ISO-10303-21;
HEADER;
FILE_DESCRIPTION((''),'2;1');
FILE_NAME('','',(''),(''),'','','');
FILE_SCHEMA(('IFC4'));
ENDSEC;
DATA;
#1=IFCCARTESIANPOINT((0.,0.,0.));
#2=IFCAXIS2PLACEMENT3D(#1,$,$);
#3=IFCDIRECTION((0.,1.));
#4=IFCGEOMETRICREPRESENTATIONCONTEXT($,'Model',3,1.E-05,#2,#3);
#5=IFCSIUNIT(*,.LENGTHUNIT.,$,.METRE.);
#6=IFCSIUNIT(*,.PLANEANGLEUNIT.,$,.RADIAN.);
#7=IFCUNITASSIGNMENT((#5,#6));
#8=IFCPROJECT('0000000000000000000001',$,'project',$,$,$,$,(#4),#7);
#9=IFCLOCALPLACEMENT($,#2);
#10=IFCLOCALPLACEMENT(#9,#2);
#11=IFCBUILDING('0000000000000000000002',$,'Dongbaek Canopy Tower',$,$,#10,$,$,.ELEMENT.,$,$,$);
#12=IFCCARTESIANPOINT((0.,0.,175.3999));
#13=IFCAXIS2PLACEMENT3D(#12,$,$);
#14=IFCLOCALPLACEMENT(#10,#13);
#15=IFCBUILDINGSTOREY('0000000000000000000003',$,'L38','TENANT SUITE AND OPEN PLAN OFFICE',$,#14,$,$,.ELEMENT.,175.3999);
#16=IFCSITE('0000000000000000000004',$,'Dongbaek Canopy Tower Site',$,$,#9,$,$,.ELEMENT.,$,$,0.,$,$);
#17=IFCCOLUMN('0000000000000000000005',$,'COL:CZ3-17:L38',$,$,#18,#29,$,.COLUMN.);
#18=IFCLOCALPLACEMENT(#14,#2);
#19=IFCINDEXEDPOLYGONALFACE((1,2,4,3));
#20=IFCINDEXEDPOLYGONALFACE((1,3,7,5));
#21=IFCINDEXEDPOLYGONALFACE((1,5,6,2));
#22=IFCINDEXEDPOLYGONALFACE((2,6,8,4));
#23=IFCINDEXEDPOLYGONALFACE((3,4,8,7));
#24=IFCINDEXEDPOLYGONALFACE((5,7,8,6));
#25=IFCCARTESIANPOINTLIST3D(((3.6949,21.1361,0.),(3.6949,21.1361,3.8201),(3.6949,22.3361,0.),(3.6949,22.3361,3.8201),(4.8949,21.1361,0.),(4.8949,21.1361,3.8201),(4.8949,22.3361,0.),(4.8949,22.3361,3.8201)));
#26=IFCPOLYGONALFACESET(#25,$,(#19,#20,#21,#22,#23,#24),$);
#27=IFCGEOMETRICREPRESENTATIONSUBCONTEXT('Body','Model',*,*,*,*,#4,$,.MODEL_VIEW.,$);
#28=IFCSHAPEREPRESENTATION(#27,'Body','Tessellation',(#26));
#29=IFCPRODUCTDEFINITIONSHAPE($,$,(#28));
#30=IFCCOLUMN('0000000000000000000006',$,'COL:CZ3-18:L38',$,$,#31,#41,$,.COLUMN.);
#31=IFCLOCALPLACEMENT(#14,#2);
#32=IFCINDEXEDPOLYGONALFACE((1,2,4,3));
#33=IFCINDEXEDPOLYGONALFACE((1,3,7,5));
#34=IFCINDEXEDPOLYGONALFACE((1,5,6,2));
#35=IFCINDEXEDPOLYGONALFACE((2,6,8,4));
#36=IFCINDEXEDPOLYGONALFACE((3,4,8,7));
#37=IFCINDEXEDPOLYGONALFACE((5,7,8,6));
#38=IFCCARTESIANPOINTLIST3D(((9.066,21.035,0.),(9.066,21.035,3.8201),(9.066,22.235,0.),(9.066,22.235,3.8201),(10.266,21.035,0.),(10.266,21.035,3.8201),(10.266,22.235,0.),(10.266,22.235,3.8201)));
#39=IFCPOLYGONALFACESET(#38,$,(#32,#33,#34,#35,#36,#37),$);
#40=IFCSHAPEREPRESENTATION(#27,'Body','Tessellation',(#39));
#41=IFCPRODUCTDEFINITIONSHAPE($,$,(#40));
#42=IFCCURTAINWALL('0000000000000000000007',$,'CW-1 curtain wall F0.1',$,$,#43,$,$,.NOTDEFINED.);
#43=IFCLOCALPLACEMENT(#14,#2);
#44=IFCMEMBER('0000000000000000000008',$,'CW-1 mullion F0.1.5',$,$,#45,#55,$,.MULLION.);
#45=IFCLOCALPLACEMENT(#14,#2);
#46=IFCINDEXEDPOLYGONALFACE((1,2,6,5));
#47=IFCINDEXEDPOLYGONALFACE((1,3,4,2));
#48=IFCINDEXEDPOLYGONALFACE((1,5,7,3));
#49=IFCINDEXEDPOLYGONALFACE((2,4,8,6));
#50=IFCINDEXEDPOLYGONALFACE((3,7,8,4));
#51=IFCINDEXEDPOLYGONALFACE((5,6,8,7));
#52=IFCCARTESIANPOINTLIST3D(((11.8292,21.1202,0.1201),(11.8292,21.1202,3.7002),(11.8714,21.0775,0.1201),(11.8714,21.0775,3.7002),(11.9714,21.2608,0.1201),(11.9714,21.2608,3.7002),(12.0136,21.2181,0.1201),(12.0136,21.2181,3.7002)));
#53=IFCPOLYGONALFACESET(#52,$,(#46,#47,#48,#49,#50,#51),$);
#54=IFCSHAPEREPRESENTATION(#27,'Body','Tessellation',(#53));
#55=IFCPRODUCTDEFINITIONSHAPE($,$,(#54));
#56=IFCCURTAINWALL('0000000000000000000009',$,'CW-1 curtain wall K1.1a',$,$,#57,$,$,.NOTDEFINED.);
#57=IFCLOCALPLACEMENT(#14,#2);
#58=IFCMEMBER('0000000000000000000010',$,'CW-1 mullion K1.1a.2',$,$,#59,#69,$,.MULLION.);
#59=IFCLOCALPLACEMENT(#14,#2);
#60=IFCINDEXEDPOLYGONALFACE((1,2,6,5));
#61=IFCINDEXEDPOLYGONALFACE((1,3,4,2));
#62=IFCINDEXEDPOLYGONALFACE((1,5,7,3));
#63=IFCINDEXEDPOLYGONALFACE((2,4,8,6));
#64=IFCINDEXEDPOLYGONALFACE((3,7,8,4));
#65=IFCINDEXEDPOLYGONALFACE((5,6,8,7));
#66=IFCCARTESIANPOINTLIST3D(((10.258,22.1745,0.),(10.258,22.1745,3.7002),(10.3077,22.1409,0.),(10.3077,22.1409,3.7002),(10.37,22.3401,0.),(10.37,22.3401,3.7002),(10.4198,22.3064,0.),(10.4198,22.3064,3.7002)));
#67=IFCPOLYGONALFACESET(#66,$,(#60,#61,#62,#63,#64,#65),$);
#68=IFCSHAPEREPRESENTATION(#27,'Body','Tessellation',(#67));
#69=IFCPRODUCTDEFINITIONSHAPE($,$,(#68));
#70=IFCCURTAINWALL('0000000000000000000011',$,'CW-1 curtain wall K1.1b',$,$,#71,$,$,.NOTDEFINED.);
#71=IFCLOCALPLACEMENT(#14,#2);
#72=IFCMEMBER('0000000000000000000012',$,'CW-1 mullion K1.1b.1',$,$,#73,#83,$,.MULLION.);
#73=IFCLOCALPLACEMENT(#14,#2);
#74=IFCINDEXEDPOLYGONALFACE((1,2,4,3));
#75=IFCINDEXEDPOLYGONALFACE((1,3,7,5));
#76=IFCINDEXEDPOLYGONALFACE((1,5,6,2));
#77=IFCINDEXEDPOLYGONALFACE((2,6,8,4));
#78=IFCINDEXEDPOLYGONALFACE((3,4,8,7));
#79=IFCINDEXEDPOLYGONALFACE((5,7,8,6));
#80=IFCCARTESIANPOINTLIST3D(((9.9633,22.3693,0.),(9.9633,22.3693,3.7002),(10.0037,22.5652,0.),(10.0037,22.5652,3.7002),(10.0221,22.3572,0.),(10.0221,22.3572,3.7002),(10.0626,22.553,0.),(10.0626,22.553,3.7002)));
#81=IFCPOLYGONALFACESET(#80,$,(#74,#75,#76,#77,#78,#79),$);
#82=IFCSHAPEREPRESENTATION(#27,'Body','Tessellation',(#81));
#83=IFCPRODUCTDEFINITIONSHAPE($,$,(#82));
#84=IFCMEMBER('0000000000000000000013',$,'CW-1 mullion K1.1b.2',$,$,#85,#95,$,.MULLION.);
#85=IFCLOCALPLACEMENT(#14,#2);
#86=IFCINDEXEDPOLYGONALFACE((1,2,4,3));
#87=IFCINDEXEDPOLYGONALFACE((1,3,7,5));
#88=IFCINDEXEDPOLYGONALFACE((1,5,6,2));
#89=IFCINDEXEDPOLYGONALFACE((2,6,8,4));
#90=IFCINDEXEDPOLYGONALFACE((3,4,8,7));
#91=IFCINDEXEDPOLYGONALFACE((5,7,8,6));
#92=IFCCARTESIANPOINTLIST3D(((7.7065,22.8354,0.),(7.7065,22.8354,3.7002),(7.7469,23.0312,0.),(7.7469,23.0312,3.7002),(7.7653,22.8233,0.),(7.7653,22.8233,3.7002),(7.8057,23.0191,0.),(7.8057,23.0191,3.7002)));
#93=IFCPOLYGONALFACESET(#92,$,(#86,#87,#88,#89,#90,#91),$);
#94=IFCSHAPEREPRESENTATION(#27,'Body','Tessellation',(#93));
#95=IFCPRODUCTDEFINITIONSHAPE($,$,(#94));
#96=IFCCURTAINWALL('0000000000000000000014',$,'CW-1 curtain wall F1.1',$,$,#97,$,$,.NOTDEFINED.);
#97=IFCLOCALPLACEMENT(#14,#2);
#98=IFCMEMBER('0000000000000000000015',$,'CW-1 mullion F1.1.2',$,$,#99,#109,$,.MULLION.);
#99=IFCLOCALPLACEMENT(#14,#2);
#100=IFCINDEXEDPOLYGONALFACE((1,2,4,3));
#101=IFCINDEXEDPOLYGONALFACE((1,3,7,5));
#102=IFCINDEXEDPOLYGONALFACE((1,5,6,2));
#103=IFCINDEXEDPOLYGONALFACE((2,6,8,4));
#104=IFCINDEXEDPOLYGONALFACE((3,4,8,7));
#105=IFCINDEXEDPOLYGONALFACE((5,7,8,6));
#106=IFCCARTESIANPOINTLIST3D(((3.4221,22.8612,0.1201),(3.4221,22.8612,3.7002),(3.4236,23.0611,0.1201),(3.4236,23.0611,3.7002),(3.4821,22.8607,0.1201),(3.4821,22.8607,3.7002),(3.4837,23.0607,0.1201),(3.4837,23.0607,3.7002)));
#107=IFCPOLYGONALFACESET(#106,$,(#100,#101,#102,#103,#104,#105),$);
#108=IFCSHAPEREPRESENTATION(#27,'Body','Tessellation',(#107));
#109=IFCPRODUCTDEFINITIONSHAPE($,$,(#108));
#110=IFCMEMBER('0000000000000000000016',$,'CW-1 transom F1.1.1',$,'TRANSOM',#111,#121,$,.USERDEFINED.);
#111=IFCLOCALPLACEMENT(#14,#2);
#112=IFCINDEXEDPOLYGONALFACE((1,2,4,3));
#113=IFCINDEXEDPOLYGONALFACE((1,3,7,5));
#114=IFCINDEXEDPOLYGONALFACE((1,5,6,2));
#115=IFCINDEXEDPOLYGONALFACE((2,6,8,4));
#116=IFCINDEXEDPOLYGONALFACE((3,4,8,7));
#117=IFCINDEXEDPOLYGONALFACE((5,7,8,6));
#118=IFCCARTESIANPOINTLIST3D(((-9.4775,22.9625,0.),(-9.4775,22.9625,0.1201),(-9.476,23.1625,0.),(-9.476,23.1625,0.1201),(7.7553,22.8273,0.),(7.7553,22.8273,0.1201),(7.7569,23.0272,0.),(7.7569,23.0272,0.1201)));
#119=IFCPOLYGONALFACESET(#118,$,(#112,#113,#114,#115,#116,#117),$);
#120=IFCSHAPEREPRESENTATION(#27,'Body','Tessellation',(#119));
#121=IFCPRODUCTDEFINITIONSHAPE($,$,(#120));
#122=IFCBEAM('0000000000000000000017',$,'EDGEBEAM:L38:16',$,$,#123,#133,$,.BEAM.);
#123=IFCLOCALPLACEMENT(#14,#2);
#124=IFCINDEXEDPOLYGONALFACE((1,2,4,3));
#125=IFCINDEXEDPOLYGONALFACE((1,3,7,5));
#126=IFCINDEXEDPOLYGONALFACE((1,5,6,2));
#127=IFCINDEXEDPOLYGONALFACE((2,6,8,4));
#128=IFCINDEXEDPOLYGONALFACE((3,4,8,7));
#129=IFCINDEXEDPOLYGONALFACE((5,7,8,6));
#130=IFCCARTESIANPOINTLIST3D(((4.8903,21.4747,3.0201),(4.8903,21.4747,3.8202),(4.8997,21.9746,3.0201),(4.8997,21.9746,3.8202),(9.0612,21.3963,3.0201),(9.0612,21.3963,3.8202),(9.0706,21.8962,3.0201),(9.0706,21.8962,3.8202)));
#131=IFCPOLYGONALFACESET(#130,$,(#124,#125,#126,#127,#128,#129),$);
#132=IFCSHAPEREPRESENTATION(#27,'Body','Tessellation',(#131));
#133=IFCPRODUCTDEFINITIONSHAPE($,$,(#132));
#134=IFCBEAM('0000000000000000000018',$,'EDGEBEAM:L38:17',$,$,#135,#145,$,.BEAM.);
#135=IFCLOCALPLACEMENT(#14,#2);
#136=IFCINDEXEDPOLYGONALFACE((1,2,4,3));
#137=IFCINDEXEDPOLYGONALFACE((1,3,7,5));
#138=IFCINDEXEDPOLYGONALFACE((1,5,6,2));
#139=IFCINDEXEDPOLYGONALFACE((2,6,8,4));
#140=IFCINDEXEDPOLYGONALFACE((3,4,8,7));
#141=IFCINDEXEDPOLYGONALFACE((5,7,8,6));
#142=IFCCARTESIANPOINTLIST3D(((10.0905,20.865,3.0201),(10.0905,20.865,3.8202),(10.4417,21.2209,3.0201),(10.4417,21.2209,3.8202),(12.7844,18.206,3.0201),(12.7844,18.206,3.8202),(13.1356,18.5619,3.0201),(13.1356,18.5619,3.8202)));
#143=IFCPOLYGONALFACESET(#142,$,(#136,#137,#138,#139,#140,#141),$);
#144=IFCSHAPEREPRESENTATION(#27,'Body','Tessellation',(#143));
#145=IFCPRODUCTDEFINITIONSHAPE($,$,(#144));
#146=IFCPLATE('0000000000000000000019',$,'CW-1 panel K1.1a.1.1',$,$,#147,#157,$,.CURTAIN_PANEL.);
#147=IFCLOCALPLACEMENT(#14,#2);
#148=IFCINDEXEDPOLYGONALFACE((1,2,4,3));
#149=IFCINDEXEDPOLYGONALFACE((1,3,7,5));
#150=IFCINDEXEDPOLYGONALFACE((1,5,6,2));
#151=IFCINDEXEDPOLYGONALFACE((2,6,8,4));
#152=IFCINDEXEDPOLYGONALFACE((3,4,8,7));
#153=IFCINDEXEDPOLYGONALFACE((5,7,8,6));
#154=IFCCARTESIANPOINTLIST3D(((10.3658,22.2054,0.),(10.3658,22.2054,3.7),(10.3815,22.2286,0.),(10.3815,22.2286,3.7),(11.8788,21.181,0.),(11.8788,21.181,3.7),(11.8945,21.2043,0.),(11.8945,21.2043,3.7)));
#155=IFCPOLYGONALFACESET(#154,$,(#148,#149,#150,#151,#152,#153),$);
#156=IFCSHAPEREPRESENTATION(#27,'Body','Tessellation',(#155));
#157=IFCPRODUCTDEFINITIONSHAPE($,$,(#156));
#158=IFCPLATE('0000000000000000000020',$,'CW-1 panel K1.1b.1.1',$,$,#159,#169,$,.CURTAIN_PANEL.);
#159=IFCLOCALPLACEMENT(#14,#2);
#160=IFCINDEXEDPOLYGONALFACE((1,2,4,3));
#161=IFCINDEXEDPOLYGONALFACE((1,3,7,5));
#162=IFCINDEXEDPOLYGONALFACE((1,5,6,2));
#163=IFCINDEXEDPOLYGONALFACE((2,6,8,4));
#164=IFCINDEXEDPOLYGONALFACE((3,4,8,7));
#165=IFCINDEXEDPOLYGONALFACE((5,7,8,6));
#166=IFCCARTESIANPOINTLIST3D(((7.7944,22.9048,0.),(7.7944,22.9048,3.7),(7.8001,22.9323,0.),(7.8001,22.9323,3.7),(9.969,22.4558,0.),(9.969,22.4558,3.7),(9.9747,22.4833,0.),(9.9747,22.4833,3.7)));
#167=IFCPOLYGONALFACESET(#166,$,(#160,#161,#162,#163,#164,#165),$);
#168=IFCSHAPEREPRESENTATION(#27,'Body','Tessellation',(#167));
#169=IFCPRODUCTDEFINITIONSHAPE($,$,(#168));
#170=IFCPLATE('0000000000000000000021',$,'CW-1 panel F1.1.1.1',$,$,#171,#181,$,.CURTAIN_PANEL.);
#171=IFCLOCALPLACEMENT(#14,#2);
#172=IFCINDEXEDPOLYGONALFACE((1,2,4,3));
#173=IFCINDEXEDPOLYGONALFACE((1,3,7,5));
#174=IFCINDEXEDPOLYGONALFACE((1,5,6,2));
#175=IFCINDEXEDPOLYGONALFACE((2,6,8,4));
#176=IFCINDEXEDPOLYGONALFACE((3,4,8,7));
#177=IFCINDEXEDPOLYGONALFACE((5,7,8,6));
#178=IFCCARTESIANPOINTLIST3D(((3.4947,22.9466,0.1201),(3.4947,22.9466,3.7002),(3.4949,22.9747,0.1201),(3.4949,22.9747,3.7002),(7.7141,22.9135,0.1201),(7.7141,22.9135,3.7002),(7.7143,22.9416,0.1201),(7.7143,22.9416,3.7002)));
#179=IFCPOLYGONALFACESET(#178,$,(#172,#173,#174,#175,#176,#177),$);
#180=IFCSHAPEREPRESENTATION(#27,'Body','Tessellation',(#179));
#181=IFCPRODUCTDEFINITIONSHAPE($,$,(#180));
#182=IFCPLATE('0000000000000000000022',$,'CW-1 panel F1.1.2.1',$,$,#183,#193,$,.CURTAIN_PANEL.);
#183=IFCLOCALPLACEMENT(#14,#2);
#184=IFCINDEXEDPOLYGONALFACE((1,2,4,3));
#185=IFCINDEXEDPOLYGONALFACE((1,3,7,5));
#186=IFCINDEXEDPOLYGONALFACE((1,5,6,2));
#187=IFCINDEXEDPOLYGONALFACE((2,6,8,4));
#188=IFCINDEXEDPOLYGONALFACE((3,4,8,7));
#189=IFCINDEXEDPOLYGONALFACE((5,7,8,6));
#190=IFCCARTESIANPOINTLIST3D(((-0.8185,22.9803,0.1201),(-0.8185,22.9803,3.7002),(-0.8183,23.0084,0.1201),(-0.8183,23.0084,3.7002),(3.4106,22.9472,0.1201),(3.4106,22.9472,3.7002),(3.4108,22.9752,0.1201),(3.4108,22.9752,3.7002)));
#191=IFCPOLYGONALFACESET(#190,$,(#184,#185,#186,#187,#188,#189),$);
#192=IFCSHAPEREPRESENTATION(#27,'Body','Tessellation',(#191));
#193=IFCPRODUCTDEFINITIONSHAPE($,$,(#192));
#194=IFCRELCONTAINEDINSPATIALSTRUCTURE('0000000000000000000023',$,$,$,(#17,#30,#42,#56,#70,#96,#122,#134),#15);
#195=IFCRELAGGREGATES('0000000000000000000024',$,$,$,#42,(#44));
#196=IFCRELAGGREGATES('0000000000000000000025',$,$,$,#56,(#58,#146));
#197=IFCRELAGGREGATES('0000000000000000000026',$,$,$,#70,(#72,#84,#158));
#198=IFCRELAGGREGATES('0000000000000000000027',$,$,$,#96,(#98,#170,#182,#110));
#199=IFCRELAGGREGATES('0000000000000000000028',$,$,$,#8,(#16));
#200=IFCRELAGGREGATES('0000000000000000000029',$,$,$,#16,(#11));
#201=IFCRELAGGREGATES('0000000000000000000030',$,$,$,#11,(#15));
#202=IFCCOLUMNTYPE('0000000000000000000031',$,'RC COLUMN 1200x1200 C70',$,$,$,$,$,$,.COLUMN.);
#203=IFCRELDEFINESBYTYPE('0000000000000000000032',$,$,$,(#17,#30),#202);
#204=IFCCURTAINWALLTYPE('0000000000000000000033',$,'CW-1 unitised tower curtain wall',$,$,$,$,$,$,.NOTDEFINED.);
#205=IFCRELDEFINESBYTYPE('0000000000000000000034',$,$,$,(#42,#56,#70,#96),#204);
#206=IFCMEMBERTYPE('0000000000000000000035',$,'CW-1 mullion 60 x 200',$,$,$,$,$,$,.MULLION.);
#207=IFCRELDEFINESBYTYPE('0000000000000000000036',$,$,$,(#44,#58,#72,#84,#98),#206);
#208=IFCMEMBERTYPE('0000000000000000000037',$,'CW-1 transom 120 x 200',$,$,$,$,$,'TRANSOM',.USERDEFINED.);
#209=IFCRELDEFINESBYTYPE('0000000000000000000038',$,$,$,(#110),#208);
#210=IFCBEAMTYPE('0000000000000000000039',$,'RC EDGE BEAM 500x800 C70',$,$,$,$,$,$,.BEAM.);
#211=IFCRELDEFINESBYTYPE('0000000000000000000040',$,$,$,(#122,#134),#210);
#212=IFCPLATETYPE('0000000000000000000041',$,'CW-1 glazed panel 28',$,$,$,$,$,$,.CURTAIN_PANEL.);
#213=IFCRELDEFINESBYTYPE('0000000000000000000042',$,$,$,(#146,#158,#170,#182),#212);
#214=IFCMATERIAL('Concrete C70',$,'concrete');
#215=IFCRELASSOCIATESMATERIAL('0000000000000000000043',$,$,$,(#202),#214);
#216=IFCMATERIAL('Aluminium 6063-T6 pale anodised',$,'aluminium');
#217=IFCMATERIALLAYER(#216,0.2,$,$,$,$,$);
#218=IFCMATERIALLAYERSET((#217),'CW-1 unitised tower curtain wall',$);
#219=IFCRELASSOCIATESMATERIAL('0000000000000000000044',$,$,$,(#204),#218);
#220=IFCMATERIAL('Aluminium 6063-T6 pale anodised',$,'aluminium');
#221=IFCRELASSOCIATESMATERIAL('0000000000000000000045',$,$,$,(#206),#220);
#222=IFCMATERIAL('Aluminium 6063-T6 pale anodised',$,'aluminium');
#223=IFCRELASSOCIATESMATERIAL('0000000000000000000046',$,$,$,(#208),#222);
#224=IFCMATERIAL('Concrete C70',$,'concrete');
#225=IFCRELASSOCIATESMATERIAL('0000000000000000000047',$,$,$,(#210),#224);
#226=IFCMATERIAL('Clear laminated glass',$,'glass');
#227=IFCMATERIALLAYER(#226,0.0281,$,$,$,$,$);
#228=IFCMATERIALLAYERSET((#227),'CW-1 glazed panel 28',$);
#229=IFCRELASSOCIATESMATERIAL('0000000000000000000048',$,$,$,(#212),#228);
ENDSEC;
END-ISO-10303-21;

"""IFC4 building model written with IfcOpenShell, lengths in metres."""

from ifc_helpers import new_model, si_unit, direction, frame, origin, origin_2d, place, context, subcontext, project, spatial, rectangle, extrude, material, layer, layer_set, material_profile, profile_set, type_object, element, aggregate, save


model = new_model("IFC4")

# Units and contexts
model_context = context("Model", 3, precision=1e-05, world=origin(), true_north=direction((0.0, 1.0)))
body_context = subcontext(model_context, "Body", "Model", "MODEL_VIEW")
ifc_project = project(units=[si_unit("LENGTHUNIT", "METRE"), si_unit("PLANEANGLEUNIT", "RADIAN")], contexts=[model_context])

# Site, building, storey
site_placement = place(None, origin())
site = spatial("IfcSite", under=ifc_project, at=site_placement, Name="Dongbaek Canopy Tower Site", CompositionType="ELEMENT", RefElevation=0.0)
building_placement = place(site_placement, origin())
building = spatial("IfcBuilding", under=site, at=building_placement, Name="Dongbaek Canopy Tower", CompositionType="ELEMENT")
storey_placement = place(building_placement, frame((0.0, 0.0, 175.3999)))
storey = spatial("IfcBuildingStorey", under=building, at=storey_placement, Name="L38", Description="TENANT SUITE AND OPEN PLAN OFFICE", CompositionType="ELEMENT", Elevation=175.3999)

# Columns
ifc_material_1 = material(Name="Concrete C70", Category="concrete")
ifc_material_profile_1 = material_profile(ifc_material_1, rectangle(XDim=1.2, YDim=1.2, at=origin_2d()), Name="RC COLUMN 1200x1200 C70")
ifc_profile_set_1 = profile_set([ifc_material_profile_1], Name="Concrete C70")
column_type = type_object("IfcColumnType", Name="RC COLUMN 1200x1200 C70", PredefinedType="COLUMN", material=ifc_profile_set_1)
for number, where, z_axis, x_axis, name in (
    (1, (4.2949, 21.7361, 0.0), (0.0, 0.0, 1.0), (1.0, 0.0, 0.0), "COL:CZ3-17:L38"),
    (2, (9.666, 21.635, 0.0), (0.0, 0.0, 1.0), (1.0, 0.0, 0.0), "COL:CZ3-18:L38"),
):
    element("IfcColumn", number, at=place(storey_placement, frame(where, z_axis=z_axis, x_axis=x_axis)), inside=storey, type_object=column_type, Name=name, PredefinedType="COLUMN", context=body_context, shape_type="SweptSolid", body=[
        extrude(rectangle(XDim=1.2, YDim=1.2, at=origin_2d()), origin(), (0.0, 0.0, 1.0), 3.8201),
    ])

# Curtain walls, members
ifc_material_2 = material(Name="Aluminium 6063-T6 pale anodised", Category="aluminium")
ifc_layer_1 = layer(ifc_material_2, 0.2)
ifc_layer_set_1 = layer_set([ifc_layer_1], Name="CW-1 unitised tower curtain wall")
curtain_wall_type = type_object("IfcCurtainWallType", Name="CW-1 unitised tower curtain wall", PredefinedType="NOTDEFINED", material=ifc_layer_set_1)
curtain_wall_1_placement = place(storey_placement, origin())
curtain_wall_1 = element("IfcCurtainWall", 3, at=curtain_wall_1_placement, inside=storey, type_object=curtain_wall_type, Name="CW-1 curtain wall F0.1", PredefinedType="NOTDEFINED")
ifc_material_3 = material(Name="Aluminium 6063-T6 pale anodised", Category="aluminium")
ifc_material_profile_2 = material_profile(ifc_material_3, rectangle(XDim=0.2, YDim=0.0601, at=origin_2d()), Name="CW-1 mullion 60 x 200")
ifc_profile_set_2 = profile_set([ifc_material_profile_2], Name="Aluminium 6063-T6 pale anodised")
member_type_1 = type_object("IfcMemberType", Name="CW-1 mullion 60 x 200", PredefinedType="MULLION", material=ifc_profile_set_2)
member_1_placement = place(storey_placement, frame((11.9214, 21.1692, 0.1201), z_axis=(0.0, 0.0, 1.0), x_axis=(0.710991, 0.703201, 0.0)))
member_1 = element("IfcMember", 4, at=member_1_placement, type_object=member_type_1, Name="CW-1 mullion F0.1.5", PredefinedType="MULLION", context=body_context, shape_type="SweptSolid", body=[
    extrude(rectangle(XDim=0.2, YDim=0.0601, at=origin_2d()), origin(), (0.0, 0.0, 1.0), 3.5801),
])
aggregate(curtain_wall_1, [member_1])
curtain_wall_2_placement = place(storey_placement, origin())
curtain_wall_2 = element("IfcCurtainWall", 5, at=curtain_wall_2_placement, inside=storey, type_object=curtain_wall_type, Name="CW-1 curtain wall K1.1a", PredefinedType="NOTDEFINED")
member_2_placement = place(storey_placement, frame((10.3389, 22.2405, 0.0), z_axis=(0.0, 0.0, 1.0), x_axis=(0.560626, 0.828069, 0.0)))
member_2 = element("IfcMember", 6, at=member_2_placement, type_object=member_type_1, Name="CW-1 mullion K1.1a.2", PredefinedType="MULLION", context=body_context, shape_type="SweptSolid", body=[
    extrude(rectangle(XDim=0.2, YDim=0.0601, at=origin_2d()), origin(), (0.0, 0.0, 1.0), 3.7002),
])

# Curtain walls, members
curtain_wall_3_placement = place(storey_placement, origin())
curtain_wall_3 = element("IfcCurtainWall", 7, at=curtain_wall_3_placement, inside=storey, type_object=curtain_wall_type, Name="CW-1 curtain wall K1.1b", PredefinedType="NOTDEFINED")
member_3_placement = place(storey_placement, frame((10.0129, 22.4612, 0.0), z_axis=(0.0, 0.0, 1.0), x_axis=(0.202208, 0.979343, 0.0)))
member_3 = element("IfcMember", 8, at=member_3_placement, type_object=member_type_1, Name="CW-1 mullion K1.1b.1", PredefinedType="MULLION", context=body_context, shape_type="SweptSolid", body=[
    extrude(rectangle(XDim=0.2, YDim=0.0601, at=origin_2d()), origin(), (0.0, 0.0, 1.0), 3.7002),
])
member_4_placement = place(storey_placement, frame((7.7561, 22.9272, 0.0), z_axis=(0.0, 0.0, 1.0), x_axis=(0.202208, 0.979343, 0.0)))
member_4 = element("IfcMember", 9, at=member_4_placement, type_object=member_type_1, Name="CW-1 mullion K1.1b.2", PredefinedType="MULLION", context=body_context, shape_type="SweptSolid", body=[
    extrude(rectangle(XDim=0.2, YDim=0.0601, at=origin_2d()), origin(), (0.0, 0.0, 1.0), 3.7002),
])
curtain_wall_4_placement = place(storey_placement, origin())
curtain_wall_4 = element("IfcCurtainWall", 10, at=curtain_wall_4_placement, inside=storey, type_object=curtain_wall_type, Name="CW-1 curtain wall F1.1", PredefinedType="NOTDEFINED")
member_5_placement = place(storey_placement, frame((3.4529, 22.9609, 0.1201), z_axis=(0.0, 0.0, 1.0), x_axis=(0.007847, 0.999969, 0.0)))
member_5 = element("IfcMember", 11, at=member_5_placement, type_object=member_type_1, Name="CW-1 mullion F1.1.2", PredefinedType="MULLION", context=body_context, shape_type="SweptSolid", body=[
    extrude(rectangle(XDim=0.2, YDim=0.0601, at=origin_2d()), origin(), (0.0, 0.0, 1.0), 3.5801),
])
ifc_material_4 = material(Name="Aluminium 6063-T6 pale anodised", Category="aluminium")
ifc_material_profile_3 = material_profile(ifc_material_4, rectangle(XDim=0.2, YDim=0.1201, at=origin_2d()), Name="CW-1 transom 120 x 200")
ifc_profile_set_3 = profile_set([ifc_material_profile_3], Name="Aluminium 6063-T6 pale anodised")
member_type_2 = type_object("IfcMemberType", Name="CW-1 transom 120 x 200", ElementType="TRANSOM", PredefinedType="USERDEFINED", material=ifc_profile_set_3)
member_6_placement = place(storey_placement, frame((7.7561, 22.9272, 0.0601), z_axis=(-0.999969, 0.007848, 0.0), x_axis=(-0.007848, -0.999969, 0.0)))
member_6 = element("IfcMember", 12, at=member_6_placement, type_object=member_type_2, Name="CW-1 transom F1.1.1", ObjectType="TRANSOM", PredefinedType="USERDEFINED", context=body_context, shape_type="SweptSolid", body=[
    extrude(rectangle(XDim=0.2, YDim=0.1201, at=origin_2d()), origin(), (0.0, 0.0, 1.0), 17.2334),
])

# Beams
ifc_material_5 = material(Name="Concrete C70", Category="concrete")
ifc_material_profile_4 = material_profile(ifc_material_5, rectangle(XDim=0.5, YDim=0.8, at=origin_2d()), Name="RC EDGE BEAM 500x800 C70")
ifc_profile_set_4 = profile_set([ifc_material_profile_4], Name="Concrete C70")
beam_type = type_object("IfcBeamType", Name="RC EDGE BEAM 500x800 C70", PredefinedType="BEAM", material=ifc_profile_set_4)
beam_1_placement = place(storey_placement, frame((4.895, 21.7246, 3.4202), z_axis=(0.999824, -0.018786, 0.0), x_axis=(0.018786, 0.999824, 0.0)))
element("IfcBeam", 13, at=beam_1_placement, inside=storey, type_object=beam_type, Name="EDGEBEAM:L38:16", PredefinedType="BEAM", context=body_context, shape_type="SweptSolid", body=[
    extrude(rectangle(XDim=0.5, YDim=0.8, at=origin_2d()), origin(), (0.0, 0.0, 1.0), 4.1716),
])
beam_2_placement = place(storey_placement, frame((10.2661, 21.043, 3.4202), z_axis=(0.711704, -0.70248, 0.0), x_axis=(0.70248, 0.711704, 0.0)))
element("IfcBeam", 14, at=beam_2_placement, inside=storey, type_object=beam_type, Name="EDGEBEAM:L38:17", PredefinedType="BEAM", context=body_context, shape_type="SweptSolid", body=[
    extrude(rectangle(XDim=0.5, YDim=0.8, at=origin_2d()), origin(), (0.0, 0.0, 1.0), 3.7852),
])

# Plates
ifc_material_6 = material(Name="Clear laminated glass", Category="glass")
ifc_layer_2 = layer(ifc_material_6, 0.0281)
ifc_layer_set_2 = layer_set([ifc_layer_2], Name="CW-1 glazed panel 28")
plate_type = type_object("IfcPlateType", Name="CW-1 glazed panel 28", PredefinedType="CURTAIN_PANEL", material=ifc_layer_set_2)
plate_1_placement = place(storey_placement, frame((11.1301, 21.7048, 0.0), z_axis=(0.0, 0.0, 1.0), x_axis=(-0.828069, 0.560626, 0.0)))
plate_1 = element("IfcPlate", 15, at=plate_1_placement, type_object=plate_type, Name="CW-1 panel K1.1a.1.1", PredefinedType="CURTAIN_PANEL", context=body_context, shape_type="SweptSolid", body=[
    extrude(rectangle(XDim=1.8271, YDim=0.0281, at=origin_2d()), origin(), (0.0, 0.0, 1.0), 3.7),
])
aggregate(curtain_wall_2, [member_2, plate_1])
plate_2_placement = place(storey_placement, frame((8.8845, 22.6941, 0.0), z_axis=(0.0, 0.0, 1.0), x_axis=(-0.979343, 0.202208, 0.0)))
plate_2 = element("IfcPlate", 16, at=plate_2_placement, type_object=plate_type, Name="CW-1 panel K1.1b.1.1", PredefinedType="CURTAIN_PANEL", context=body_context, shape_type="SweptSolid", body=[
    extrude(rectangle(XDim=2.2205, YDim=0.0281, at=origin_2d()), origin(), (0.0, 0.0, 1.0), 3.7),
])
aggregate(curtain_wall_3, [member_3, member_4, plate_2])
plate_3_placement = place(storey_placement, frame((5.6045, 22.9441, 0.1201), z_axis=(0.0, 0.0, 1.0), x_axis=(-0.999969, 0.007847, 0.0)))
plate_3 = element("IfcPlate", 17, at=plate_3_placement, type_object=plate_type, Name="CW-1 panel F1.1.1.1", PredefinedType="CURTAIN_PANEL", context=body_context, shape_type="SweptSolid", body=[
    extrude(rectangle(XDim=4.2195, YDim=0.0281, at=origin_2d()), origin(), (0.0, 0.0, 1.0), 3.5801),
])
plate_4_placement = place(storey_placement, frame((1.2961, 22.9778, 0.1201), z_axis=(0.0, 0.0, 1.0), x_axis=(-0.999969, 0.007847, 0.0)))
plate_4 = element("IfcPlate", 18, at=plate_4_placement, type_object=plate_type, Name="CW-1 panel F1.1.2.1", PredefinedType="CURTAIN_PANEL", context=body_context, shape_type="SweptSolid", body=[
    extrude(rectangle(XDim=4.2292, YDim=0.0281, at=origin_2d()), origin(), (0.0, 0.0, 1.0), 3.5801),
])

aggregate(curtain_wall_4, [member_5, plate_3, plate_4, member_6])

save(model, "model.ifc")
